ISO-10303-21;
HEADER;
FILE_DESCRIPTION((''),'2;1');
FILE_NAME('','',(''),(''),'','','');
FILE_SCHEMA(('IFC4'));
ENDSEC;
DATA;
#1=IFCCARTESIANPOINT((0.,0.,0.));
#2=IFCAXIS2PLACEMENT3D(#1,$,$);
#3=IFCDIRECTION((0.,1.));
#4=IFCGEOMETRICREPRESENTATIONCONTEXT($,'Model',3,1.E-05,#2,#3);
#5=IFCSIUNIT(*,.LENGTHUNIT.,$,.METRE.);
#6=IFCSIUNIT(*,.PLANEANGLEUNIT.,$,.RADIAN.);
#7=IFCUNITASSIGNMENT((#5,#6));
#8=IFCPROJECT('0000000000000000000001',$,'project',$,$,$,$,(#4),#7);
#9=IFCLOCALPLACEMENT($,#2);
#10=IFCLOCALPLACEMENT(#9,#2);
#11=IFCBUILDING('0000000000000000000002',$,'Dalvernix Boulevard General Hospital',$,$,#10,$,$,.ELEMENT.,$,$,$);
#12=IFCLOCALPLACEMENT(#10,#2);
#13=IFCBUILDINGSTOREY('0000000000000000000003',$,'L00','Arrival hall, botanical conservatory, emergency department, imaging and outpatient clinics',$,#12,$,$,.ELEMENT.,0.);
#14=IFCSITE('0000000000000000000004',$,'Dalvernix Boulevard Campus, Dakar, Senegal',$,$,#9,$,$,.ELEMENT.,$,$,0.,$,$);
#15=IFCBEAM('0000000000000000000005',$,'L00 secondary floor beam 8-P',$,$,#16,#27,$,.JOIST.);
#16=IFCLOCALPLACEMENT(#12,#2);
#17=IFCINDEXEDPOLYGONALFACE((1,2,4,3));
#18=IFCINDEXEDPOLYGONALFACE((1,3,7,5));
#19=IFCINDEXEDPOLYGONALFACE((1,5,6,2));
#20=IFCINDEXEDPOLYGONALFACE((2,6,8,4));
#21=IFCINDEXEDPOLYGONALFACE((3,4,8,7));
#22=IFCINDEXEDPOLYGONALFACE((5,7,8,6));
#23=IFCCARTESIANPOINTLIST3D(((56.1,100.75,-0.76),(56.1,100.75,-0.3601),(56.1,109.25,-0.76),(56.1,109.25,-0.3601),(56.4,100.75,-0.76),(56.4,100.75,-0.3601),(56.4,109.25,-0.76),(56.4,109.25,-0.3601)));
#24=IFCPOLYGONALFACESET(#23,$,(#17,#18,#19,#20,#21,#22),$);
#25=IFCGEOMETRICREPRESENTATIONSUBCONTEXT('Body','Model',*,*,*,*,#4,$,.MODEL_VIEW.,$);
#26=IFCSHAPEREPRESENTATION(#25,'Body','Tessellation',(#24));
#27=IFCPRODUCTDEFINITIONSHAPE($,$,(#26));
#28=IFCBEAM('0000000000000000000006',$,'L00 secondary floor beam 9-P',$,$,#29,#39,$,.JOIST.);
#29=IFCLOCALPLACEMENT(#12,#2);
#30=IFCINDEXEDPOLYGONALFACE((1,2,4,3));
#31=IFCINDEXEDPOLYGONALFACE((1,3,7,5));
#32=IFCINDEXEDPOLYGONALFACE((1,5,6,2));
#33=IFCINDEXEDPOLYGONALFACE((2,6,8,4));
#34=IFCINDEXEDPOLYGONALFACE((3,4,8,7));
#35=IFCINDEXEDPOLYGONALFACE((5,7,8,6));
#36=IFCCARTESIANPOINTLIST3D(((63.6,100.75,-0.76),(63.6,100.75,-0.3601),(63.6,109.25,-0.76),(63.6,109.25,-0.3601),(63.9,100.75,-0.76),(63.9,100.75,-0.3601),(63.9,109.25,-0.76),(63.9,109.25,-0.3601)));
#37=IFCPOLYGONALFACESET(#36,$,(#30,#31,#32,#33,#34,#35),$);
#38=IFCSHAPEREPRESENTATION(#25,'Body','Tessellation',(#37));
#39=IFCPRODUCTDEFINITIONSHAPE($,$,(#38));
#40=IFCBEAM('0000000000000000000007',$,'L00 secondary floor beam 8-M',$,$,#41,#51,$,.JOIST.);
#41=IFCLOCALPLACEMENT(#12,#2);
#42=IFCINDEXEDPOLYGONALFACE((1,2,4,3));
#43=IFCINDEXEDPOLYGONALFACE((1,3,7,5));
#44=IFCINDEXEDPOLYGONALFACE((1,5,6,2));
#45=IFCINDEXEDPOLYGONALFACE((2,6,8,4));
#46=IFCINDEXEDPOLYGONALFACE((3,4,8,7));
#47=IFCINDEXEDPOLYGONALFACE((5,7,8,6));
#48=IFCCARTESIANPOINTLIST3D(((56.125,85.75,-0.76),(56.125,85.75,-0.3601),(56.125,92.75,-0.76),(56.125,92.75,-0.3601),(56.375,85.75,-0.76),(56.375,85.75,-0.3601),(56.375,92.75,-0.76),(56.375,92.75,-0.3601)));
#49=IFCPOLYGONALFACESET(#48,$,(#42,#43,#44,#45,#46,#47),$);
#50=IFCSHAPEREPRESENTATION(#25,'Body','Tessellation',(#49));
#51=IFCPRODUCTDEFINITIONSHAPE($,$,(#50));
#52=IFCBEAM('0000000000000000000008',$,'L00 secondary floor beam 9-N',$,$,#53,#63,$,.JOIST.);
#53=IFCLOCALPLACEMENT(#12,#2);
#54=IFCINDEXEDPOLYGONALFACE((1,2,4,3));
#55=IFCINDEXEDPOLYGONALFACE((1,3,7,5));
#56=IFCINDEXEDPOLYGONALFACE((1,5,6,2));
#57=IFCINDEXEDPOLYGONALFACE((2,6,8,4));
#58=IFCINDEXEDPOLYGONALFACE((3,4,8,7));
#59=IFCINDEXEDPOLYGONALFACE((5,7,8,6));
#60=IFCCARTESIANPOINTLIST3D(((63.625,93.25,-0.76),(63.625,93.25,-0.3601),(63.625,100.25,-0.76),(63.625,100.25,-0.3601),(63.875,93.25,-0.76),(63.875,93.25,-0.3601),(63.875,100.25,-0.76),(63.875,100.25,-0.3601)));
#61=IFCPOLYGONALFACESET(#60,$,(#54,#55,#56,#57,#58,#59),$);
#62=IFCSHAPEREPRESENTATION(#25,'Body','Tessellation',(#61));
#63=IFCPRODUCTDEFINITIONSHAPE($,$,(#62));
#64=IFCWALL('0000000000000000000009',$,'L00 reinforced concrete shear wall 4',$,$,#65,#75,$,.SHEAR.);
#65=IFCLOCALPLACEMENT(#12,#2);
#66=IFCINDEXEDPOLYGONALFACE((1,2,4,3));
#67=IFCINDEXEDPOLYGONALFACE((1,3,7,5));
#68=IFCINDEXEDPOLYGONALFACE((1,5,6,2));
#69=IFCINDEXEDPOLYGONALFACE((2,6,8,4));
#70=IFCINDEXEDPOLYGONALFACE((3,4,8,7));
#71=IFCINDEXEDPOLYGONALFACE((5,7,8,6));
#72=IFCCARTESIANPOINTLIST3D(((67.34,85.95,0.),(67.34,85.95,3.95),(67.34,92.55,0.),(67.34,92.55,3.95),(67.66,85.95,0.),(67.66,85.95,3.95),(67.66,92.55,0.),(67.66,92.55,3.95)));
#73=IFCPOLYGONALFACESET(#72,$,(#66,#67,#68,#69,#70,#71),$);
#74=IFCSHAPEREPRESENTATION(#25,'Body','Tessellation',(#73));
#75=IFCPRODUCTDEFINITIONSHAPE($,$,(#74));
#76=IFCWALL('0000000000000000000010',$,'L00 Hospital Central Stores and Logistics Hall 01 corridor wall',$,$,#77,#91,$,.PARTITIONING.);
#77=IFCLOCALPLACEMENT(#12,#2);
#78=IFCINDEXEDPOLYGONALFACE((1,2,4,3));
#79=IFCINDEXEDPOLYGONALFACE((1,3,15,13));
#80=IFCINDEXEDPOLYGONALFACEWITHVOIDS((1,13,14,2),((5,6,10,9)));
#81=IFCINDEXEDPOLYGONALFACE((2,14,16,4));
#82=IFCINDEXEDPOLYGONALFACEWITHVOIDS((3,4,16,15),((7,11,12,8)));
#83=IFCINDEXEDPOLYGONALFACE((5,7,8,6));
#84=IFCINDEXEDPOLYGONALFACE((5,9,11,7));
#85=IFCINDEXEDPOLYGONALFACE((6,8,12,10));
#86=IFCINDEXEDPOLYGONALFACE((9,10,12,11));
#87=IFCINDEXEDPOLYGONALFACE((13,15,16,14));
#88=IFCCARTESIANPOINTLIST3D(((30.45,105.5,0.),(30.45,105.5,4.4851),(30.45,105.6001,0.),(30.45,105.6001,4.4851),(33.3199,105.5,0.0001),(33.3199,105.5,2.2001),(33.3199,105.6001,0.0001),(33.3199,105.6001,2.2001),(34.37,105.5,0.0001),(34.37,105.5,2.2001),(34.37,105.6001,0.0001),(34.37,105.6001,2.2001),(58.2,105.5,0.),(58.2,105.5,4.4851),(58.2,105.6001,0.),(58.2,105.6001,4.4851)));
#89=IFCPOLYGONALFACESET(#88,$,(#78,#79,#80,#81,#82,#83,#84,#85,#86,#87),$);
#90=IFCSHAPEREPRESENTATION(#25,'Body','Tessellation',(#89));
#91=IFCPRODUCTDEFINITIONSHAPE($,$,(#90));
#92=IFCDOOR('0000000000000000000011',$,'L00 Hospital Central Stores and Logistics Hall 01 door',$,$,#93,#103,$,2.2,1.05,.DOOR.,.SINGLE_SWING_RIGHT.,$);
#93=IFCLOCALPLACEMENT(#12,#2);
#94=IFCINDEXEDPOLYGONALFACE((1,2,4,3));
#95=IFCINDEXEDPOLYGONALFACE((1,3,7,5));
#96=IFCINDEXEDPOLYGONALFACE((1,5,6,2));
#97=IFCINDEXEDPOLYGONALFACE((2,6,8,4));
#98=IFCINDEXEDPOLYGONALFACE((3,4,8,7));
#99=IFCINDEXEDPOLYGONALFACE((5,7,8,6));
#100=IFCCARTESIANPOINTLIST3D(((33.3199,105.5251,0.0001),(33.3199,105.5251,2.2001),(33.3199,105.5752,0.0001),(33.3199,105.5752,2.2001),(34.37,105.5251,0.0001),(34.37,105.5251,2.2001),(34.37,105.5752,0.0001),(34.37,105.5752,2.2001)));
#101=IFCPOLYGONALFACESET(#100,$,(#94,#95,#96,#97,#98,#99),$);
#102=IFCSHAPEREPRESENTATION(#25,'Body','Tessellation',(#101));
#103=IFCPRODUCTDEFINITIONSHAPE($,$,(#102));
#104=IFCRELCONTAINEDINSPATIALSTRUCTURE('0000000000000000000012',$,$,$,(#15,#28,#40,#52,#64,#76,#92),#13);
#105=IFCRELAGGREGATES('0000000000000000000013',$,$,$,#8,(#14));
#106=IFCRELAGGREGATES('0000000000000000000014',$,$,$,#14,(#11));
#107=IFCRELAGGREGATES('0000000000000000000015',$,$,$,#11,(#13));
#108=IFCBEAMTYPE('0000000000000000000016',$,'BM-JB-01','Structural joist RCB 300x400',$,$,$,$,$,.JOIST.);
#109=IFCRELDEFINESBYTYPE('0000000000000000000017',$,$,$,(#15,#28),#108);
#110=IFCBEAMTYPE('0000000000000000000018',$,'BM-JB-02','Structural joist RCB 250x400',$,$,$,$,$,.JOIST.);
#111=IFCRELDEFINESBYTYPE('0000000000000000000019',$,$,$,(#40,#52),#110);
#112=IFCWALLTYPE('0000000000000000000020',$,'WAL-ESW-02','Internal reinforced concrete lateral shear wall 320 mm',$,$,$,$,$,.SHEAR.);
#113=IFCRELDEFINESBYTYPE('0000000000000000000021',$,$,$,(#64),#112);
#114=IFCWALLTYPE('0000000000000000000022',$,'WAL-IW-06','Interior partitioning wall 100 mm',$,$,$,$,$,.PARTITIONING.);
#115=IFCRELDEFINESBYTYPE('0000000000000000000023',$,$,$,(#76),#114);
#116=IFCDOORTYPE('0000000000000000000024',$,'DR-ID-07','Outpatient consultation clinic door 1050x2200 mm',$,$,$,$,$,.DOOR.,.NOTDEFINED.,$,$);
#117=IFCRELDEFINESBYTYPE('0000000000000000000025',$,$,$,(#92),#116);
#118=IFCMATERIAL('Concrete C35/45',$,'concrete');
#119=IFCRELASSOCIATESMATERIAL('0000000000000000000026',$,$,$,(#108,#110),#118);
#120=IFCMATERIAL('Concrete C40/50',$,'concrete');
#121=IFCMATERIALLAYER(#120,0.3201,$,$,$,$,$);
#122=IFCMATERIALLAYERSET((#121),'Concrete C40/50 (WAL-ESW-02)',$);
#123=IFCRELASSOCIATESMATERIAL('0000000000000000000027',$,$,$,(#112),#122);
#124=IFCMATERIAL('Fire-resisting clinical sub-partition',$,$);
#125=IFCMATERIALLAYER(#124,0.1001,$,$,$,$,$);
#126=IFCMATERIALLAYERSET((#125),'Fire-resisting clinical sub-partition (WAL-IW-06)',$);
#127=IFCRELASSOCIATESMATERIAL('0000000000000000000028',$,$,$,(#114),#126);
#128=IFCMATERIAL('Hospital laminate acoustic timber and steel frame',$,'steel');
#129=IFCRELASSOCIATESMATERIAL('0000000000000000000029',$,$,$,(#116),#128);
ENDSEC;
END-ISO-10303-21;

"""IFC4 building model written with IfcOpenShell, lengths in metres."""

from ifc_helpers import new_model, si_unit, direction, frame, frame_2d, origin, origin_2d, place, context, subcontext, project, spatial, rectangle, extrude, material, layer, layer_set, material_profile, profile_set, type_object, element, fill, save


model = new_model("IFC4")

# Units and contexts
model_context = context("Model", 3, precision=1e-05, world=origin(), true_north=direction((0.0, 1.0)))
body_context = subcontext(model_context, "Body", "Model", "MODEL_VIEW")
ifc_project = project(units=[si_unit("LENGTHUNIT", "METRE"), si_unit("PLANEANGLEUNIT", "RADIAN")], contexts=[model_context])

# Site, building, storey
site_placement = place(None, origin())
site = spatial("IfcSite", under=ifc_project, at=site_placement, Name="Dalvernix Boulevard Campus, Dakar, Senegal", CompositionType="ELEMENT", RefElevation=0.0)
building_placement = place(site_placement, origin())
building = spatial("IfcBuilding", under=site, at=building_placement, Name="Dalvernix Boulevard General Hospital", CompositionType="ELEMENT")
storey_placement = place(building_placement, origin())
storey = spatial("IfcBuildingStorey", under=building, at=storey_placement, Name="L00", Description="Arrival hall, botanical conservatory, emergency department, imaging and outpatient clinics", CompositionType="ELEMENT", Elevation=0.0)

# Shared definitions
ifc_material_1 = material(Name="Concrete C40/50", Category="concrete")

# Beams
ifc_material_2 = material(Name="Concrete C35/45", Category="concrete")
ifc_material_profile_1 = material_profile(ifc_material_2, rectangle(XDim=0.3, YDim=0.3999, at=origin_2d()), Name="RCB 300x400")
ifc_profile_set_1 = profile_set([ifc_material_profile_1], Name="Concrete C35/45")
beam_type_1 = type_object("IfcBeamType", Name="BM-JB-01", Description="Structural joist RCB 300x400", PredefinedType="JOIST", material=ifc_profile_set_1)
for number, where, z_axis, x_axis, name in (
    (1, (56.25, 100.75, -0.5601), (0.0, 1.0, 0.0), (-1.0, 0.0, 0.0), "L00 secondary floor beam 8-P"),
    (2, (63.75, 100.75, -0.5601), (0.0, 1.0, 0.0), (-1.0, 0.0, 0.0), "L00 secondary floor beam 9-P"),
):
    element("IfcBeam", number, at=place(storey_placement, frame(where, z_axis=z_axis, x_axis=x_axis)), inside=storey, type_object=beam_type_1, Name=name, PredefinedType="JOIST", context=body_context, shape_type="SweptSolid", body=[
        extrude(rectangle(XDim=0.3, YDim=0.3999, at=origin_2d()), origin(), (0.0, 0.0, 1.0), 8.5),
    ])
ifc_material_profile_2 = material_profile(ifc_material_2, rectangle(XDim=0.25, YDim=0.3999, at=origin_2d()), Name="RCB 250x400")
ifc_profile_set_2 = profile_set([ifc_material_profile_2], Name="Concrete C35/45")
beam_type_2 = type_object("IfcBeamType", Name="BM-JB-02", Description="Structural joist RCB 250x400", PredefinedType="JOIST", material=ifc_profile_set_2)
for number, where, z_axis, x_axis, name in (
    (3, (56.25, 85.75, -0.5601), (0.0, 1.0, 0.0), (-1.0, 0.0, 0.0), "L00 secondary floor beam 8-M"),
    (4, (63.75, 93.25, -0.5601), (0.0, 1.0, 0.0), (-1.0, 0.0, 0.0), "L00 secondary floor beam 9-N"),
):
    element("IfcBeam", number, at=place(storey_placement, frame(where, z_axis=z_axis, x_axis=x_axis)), inside=storey, type_object=beam_type_2, Name=name, PredefinedType="JOIST", context=body_context, shape_type="SweptSolid", body=[
        extrude(rectangle(XDim=0.25, YDim=0.3999, at=origin_2d()), origin(), (0.0, 0.0, 1.0), 7.0),
    ])

# Wall
ifc_layer_1 = layer(ifc_material_1, 0.3201)
ifc_layer_set_1 = layer_set([ifc_layer_1], Name="Concrete C40/50 (WAL-ESW-02)")
wall_type_1 = type_object("IfcWallType", Name="WAL-ESW-02", Description="Internal reinforced concrete lateral shear wall 320 mm", PredefinedType="SHEAR", material=ifc_layer_set_1)
wall_1_placement = place(storey_placement, frame((67.5, 85.95, 0.0), z_axis=(0.0, 0.0, 1.0), x_axis=(0.0, 1.0, 0.0)))
element("IfcWall", 5, at=wall_1_placement, inside=storey, type_object=wall_type_1, Name="L00 reinforced concrete shear wall 4", PredefinedType="SHEAR", context=body_context, shape_type="SweptSolid", body=[
    extrude(rectangle(XDim=6.6001, YDim=0.3201, at=frame_2d((3.3, 0.0))), origin(), (0.0, 0.0, 1.0), 3.95),
])

# Wall, opening, door
ifc_material_3 = material(Name="Fire-resisting clinical sub-partition")
ifc_layer_2 = layer(ifc_material_3, 0.1001)
ifc_layer_set_2 = layer_set([ifc_layer_2], Name="Fire-resisting clinical sub-partition (WAL-IW-06)")
wall_type_2 = type_object("IfcWallType", Name="WAL-IW-06", Description="Interior partitioning wall 100 mm", PredefinedType="PARTITIONING", material=ifc_layer_set_2)
wall_2_placement = place(storey_placement, frame((58.2, 105.55, 0.0), z_axis=(0.0, 0.0, 1.0), x_axis=(-1.0, 0.0, 0.0)))
wall_2 = element("IfcWall", 6, at=wall_2_placement, inside=storey, type_object=wall_type_2, Name="L00 Hospital Central Stores and Logistics Hall 01 corridor wall", PredefinedType="PARTITIONING", context=body_context, shape_type="SweptSolid", body=[
    extrude(rectangle(XDim=27.75, YDim=0.1001, at=frame_2d((13.875, 0.0))), origin(), (0.0, 0.0, 1.0), 4.4851),
])
opening_placement = place(wall_2_placement, frame((23.8301, 0.0, 0.0)))
opening = element("IfcOpeningElement", 7, at=opening_placement, cuts=wall_2, PredefinedType="OPENING", context=body_context, shape_type="SweptSolid", body=[
    extrude(rectangle(XDim=1.05, YDim=2.2, at=frame_2d((0.5249, 1.1001))), frame((0.0, 0.0601, 0.0), z_axis=(0.0, -1.0, 0.0), x_axis=(1.0, 0.0, 0.0)), (0.0, 0.0, 1.0), 0.1201),
])
ifc_material_4 = material(Name="Hospital laminate acoustic timber and steel frame", Category="steel")
door_type = type_object("IfcDoorType", Name="DR-ID-07", Description="Outpatient consultation clinic door 1050x2200 mm", OperationType="NOTDEFINED", PredefinedType="DOOR", material=ifc_material_4)
door_placement = place(opening_placement, origin())
door = element("IfcDoor", 8, at=door_placement, inside=storey, type_object=door_type, Name="L00 Hospital Central Stores and Logistics Hall 01 door", OperationType="SINGLE_SWING_RIGHT", OverallHeight=2.2, OverallWidth=1.05, PredefinedType="DOOR", context=body_context, shape_type="SweptSolid", body=[
    extrude(rectangle(XDim=1.05, YDim=2.2, at=frame_2d((0.5249, 1.1001))), frame((0.0, 0.0249, 0.0), z_axis=(0.0, -1.0, 0.0), x_axis=(1.0, 0.0, 0.0)), (0.0, 0.0, 1.0), 0.05),
])
fill(opening, door)

save(model, "model.ifc")
